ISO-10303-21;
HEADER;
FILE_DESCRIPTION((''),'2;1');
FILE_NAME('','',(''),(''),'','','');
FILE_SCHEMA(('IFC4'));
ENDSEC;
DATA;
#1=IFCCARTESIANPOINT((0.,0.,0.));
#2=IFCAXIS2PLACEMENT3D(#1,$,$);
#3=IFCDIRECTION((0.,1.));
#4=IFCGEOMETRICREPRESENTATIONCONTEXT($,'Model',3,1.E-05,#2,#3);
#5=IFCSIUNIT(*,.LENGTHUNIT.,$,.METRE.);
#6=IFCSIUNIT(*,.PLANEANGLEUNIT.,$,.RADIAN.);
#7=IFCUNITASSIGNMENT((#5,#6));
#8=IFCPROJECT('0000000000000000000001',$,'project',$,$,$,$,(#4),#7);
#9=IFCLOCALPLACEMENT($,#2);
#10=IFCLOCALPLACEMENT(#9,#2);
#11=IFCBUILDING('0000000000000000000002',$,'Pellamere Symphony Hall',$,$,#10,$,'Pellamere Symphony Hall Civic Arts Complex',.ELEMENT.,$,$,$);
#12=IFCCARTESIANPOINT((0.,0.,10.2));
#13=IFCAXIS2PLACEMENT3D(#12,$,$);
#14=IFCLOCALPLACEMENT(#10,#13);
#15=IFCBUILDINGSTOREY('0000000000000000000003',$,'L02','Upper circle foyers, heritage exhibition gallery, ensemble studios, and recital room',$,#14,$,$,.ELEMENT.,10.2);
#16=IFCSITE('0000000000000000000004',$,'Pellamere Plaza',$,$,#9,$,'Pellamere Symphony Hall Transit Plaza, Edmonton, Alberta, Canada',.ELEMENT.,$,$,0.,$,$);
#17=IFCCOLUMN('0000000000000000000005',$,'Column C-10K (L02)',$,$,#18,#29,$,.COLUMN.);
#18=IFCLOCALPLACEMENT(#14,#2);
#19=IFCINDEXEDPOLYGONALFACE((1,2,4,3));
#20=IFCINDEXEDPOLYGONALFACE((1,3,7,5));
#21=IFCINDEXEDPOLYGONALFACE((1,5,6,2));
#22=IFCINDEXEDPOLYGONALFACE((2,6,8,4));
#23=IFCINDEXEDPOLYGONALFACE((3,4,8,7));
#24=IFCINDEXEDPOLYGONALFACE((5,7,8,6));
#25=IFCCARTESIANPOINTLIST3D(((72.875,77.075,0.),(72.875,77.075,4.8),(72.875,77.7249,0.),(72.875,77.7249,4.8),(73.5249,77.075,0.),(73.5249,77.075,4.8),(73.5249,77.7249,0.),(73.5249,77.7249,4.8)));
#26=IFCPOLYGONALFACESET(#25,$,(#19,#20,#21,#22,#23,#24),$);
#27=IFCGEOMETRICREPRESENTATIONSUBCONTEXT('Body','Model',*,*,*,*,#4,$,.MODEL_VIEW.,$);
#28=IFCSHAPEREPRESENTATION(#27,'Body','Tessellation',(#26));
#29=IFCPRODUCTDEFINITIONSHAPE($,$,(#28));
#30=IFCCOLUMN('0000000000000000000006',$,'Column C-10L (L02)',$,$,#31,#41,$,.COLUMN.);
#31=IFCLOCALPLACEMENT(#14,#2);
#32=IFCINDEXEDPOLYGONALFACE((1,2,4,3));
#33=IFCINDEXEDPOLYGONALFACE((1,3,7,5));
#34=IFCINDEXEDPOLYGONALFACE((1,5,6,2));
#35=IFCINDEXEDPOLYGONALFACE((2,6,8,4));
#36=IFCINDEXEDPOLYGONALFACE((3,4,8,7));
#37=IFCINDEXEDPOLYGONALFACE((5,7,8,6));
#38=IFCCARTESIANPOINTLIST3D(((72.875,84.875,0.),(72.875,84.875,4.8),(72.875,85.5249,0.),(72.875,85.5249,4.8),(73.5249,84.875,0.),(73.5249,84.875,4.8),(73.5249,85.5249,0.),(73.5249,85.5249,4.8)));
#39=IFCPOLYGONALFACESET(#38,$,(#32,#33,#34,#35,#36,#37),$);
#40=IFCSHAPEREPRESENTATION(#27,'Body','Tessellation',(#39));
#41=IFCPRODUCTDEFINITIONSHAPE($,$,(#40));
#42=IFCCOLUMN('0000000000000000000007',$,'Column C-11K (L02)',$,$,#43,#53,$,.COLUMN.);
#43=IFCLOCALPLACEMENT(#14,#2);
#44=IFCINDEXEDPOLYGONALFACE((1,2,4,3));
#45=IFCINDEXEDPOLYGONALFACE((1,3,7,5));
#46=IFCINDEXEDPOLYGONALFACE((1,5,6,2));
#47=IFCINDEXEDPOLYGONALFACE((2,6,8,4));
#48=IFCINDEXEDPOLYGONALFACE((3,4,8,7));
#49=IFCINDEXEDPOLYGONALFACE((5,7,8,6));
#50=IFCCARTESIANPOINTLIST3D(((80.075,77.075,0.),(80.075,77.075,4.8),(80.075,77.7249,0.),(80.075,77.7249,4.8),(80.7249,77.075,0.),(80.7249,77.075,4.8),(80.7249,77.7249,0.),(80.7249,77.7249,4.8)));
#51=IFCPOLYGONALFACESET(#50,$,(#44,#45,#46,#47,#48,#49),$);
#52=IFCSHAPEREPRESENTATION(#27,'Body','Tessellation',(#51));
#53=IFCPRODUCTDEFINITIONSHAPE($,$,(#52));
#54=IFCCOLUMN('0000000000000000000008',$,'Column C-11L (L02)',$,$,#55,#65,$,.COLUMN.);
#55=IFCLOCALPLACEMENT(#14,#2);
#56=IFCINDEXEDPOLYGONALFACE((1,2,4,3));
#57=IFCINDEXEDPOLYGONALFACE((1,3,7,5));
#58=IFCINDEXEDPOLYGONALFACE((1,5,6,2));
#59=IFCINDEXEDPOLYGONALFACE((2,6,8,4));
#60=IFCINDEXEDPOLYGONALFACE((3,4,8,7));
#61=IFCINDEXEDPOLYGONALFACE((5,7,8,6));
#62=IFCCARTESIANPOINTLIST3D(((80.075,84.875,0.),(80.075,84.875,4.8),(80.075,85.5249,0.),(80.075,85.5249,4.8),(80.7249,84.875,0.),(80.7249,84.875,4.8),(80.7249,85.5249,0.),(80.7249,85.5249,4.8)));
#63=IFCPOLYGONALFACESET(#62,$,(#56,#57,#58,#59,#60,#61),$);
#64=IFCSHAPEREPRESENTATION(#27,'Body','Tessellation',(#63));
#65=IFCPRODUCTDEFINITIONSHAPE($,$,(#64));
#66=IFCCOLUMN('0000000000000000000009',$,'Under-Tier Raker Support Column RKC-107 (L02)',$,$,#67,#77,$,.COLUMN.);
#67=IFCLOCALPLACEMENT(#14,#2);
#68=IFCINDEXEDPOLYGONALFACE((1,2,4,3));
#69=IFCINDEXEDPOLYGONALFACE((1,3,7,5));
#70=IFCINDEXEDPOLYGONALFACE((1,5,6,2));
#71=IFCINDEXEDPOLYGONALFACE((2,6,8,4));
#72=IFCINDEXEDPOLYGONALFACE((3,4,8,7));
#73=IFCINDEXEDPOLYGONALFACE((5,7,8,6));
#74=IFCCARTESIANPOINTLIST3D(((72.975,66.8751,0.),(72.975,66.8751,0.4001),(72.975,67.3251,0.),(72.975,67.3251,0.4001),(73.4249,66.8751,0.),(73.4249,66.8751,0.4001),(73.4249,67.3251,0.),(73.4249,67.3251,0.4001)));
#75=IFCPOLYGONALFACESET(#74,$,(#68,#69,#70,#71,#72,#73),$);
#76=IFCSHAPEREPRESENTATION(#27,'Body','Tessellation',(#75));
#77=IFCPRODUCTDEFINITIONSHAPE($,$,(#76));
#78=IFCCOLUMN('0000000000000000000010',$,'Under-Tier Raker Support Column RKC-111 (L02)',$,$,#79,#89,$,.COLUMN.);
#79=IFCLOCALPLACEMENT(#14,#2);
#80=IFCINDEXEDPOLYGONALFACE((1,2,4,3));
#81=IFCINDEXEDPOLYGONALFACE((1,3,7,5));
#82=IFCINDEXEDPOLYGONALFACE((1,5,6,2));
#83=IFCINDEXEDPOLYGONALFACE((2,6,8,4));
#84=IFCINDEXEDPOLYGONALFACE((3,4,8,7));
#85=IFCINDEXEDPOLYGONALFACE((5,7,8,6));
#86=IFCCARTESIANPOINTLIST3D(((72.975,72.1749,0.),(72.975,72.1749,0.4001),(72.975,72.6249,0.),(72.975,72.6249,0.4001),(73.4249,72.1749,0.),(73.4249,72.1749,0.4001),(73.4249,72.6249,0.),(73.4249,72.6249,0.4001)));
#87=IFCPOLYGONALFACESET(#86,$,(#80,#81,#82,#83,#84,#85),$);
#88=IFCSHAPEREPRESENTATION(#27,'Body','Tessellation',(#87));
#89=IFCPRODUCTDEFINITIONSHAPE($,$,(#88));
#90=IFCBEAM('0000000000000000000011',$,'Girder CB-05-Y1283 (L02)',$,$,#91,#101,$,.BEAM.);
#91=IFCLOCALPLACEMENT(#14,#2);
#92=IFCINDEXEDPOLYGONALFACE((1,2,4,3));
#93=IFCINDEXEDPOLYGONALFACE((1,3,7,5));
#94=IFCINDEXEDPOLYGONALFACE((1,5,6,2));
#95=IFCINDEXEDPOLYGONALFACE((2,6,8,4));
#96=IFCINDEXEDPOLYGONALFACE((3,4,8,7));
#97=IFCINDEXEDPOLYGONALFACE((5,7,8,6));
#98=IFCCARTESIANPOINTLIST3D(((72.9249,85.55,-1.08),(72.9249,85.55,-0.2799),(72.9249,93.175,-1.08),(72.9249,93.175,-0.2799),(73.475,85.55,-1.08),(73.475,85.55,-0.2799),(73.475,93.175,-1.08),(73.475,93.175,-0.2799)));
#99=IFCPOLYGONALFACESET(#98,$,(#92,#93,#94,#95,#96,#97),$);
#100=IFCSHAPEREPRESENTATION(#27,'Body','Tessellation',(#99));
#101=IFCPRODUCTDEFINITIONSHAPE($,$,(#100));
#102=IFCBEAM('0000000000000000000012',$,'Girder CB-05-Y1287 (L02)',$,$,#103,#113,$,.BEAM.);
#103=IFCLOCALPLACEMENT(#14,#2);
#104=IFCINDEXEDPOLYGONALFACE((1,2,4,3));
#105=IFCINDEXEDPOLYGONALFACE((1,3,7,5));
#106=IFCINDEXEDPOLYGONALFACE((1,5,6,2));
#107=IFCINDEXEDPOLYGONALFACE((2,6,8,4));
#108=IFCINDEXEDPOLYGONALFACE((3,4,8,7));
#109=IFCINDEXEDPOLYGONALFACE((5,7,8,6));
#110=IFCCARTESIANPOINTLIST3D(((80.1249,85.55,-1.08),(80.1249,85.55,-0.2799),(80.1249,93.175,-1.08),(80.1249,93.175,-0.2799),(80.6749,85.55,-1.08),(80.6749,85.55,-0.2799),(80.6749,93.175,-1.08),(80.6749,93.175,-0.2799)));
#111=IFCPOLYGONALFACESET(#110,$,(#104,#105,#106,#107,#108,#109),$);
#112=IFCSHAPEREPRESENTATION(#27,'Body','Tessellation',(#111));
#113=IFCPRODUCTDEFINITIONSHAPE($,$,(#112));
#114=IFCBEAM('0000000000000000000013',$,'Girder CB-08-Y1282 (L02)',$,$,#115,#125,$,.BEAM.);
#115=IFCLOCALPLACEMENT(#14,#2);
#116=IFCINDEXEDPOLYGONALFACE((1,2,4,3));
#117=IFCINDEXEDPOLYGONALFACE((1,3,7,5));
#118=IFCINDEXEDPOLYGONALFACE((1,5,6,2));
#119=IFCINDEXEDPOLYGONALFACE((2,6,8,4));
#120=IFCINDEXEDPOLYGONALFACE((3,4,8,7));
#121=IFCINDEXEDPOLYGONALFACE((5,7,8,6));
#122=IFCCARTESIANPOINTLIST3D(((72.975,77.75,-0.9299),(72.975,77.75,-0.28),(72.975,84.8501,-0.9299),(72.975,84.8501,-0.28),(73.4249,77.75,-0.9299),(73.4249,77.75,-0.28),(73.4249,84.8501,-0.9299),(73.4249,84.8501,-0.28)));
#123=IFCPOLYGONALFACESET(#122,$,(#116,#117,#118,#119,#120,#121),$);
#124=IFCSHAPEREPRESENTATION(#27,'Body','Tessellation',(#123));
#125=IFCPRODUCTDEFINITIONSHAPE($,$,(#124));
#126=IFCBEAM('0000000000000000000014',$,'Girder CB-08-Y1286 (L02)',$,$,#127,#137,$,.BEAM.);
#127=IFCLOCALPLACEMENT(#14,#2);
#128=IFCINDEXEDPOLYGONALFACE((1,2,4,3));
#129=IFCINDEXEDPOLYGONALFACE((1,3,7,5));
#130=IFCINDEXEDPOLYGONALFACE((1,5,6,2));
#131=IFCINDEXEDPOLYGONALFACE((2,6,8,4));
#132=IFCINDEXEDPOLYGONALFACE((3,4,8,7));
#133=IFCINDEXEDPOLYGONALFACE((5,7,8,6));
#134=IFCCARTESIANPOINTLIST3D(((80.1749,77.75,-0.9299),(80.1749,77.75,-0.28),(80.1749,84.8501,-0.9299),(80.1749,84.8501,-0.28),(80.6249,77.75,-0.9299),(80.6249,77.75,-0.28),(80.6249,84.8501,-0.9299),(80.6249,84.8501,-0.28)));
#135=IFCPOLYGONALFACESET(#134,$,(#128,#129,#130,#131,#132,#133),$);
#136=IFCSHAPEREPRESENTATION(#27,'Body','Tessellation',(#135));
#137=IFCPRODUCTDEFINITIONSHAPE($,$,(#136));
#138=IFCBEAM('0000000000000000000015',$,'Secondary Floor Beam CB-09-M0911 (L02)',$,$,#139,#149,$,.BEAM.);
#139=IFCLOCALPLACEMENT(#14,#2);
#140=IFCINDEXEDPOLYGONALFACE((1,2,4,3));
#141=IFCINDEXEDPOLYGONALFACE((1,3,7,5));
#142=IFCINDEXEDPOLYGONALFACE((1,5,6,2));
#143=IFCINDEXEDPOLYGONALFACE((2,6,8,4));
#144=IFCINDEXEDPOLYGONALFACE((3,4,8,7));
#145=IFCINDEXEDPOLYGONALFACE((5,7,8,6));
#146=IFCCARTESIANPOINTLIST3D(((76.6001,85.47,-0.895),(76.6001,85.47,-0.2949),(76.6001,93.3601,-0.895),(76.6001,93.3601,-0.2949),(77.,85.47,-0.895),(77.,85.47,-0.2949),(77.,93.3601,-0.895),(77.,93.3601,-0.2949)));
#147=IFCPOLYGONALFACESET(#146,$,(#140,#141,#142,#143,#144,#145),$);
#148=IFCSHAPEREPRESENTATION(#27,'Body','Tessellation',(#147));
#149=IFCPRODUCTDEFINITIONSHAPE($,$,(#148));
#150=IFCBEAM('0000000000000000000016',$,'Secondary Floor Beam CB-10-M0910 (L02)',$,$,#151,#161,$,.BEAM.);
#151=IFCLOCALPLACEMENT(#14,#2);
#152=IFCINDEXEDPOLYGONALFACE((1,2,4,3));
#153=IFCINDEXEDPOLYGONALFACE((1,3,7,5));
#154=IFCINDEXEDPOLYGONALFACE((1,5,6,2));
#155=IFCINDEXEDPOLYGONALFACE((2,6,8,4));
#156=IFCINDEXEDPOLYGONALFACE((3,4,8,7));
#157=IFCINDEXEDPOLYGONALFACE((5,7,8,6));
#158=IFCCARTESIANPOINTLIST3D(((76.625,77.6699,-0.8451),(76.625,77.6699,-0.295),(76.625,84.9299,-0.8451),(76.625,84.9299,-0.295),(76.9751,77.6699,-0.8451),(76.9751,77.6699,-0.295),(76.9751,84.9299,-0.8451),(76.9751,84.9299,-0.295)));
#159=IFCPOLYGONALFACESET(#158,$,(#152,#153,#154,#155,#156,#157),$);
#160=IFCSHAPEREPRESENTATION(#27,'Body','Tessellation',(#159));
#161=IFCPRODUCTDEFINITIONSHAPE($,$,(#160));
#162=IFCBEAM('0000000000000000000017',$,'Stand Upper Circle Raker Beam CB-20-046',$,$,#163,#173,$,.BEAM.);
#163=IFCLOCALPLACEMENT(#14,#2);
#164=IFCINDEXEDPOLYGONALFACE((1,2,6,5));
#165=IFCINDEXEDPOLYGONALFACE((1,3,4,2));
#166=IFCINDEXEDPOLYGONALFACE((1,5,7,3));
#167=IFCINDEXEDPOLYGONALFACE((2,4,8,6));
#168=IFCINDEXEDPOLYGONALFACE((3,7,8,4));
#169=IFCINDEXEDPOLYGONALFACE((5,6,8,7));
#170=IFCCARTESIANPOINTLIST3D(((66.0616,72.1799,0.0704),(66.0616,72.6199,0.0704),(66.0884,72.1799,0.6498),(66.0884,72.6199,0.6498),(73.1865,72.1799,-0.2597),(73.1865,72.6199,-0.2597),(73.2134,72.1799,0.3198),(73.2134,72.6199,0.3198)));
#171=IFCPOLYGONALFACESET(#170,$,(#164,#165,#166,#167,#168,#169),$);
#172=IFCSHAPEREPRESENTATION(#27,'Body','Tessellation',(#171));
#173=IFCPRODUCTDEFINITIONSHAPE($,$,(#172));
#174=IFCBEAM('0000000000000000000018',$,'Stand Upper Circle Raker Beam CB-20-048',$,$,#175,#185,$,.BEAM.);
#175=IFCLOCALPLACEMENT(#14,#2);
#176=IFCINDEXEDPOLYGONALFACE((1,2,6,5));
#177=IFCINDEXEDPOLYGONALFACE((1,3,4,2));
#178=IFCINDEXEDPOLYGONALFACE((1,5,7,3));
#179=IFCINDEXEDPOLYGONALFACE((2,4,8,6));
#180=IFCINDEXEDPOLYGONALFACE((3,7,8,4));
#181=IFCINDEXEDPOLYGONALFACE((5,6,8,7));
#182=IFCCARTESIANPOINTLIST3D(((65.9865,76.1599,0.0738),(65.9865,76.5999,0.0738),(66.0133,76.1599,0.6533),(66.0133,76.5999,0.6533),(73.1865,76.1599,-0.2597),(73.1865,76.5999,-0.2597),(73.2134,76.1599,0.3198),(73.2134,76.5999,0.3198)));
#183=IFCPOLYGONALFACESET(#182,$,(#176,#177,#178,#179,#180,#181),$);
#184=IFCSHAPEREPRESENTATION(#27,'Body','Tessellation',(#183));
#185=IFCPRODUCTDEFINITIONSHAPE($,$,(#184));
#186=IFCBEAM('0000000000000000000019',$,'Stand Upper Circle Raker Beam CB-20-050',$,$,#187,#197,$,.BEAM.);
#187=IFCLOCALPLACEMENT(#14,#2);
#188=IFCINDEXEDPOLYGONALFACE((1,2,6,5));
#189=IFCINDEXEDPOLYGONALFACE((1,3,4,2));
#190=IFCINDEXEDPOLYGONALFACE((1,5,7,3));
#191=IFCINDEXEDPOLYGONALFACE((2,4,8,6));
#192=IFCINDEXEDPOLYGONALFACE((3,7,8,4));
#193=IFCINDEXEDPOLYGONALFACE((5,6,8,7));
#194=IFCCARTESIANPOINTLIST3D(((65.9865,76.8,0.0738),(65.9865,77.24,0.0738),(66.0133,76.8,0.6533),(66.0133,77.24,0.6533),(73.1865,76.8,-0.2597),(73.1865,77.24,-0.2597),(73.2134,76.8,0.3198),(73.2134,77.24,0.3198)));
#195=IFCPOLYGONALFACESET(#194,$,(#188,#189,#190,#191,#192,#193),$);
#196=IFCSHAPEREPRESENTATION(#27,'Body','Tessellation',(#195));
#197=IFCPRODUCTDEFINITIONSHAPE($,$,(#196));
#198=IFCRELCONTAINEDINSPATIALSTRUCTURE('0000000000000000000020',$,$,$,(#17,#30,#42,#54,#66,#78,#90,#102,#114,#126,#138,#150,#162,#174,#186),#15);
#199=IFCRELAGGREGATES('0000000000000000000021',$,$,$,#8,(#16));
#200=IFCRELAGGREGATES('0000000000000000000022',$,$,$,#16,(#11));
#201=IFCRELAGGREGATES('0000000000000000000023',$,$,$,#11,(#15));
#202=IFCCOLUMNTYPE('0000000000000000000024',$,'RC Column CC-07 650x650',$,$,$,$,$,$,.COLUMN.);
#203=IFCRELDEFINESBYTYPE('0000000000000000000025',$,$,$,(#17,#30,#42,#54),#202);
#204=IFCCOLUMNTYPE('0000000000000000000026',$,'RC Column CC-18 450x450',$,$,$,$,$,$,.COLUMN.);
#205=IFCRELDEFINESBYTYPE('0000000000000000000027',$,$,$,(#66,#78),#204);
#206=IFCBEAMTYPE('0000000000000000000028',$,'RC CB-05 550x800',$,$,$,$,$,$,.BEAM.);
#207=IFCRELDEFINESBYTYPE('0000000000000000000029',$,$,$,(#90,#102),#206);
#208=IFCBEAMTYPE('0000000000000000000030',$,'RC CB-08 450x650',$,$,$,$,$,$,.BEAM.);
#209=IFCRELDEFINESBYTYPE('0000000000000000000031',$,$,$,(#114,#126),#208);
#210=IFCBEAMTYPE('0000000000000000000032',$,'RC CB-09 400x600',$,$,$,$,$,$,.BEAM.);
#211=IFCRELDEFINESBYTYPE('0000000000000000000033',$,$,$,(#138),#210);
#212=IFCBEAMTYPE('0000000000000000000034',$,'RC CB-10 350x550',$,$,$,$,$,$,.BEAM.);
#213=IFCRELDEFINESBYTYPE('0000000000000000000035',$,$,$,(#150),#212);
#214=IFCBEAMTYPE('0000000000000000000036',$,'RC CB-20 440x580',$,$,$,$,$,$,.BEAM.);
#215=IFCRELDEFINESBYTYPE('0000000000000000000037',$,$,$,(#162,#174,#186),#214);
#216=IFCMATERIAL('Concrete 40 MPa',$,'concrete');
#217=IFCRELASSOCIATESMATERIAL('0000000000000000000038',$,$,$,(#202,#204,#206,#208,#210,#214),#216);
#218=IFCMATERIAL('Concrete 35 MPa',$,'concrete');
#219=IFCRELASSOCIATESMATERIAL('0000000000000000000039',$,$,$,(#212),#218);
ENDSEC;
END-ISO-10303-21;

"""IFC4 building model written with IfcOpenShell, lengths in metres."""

from ifc_helpers import new_model, si_unit, direction, frame, origin, origin_2d, place, context, subcontext, project, spatial, rectangle, extrude, material, material_profile, profile_set, type_object, element, save


model = new_model("IFC4")

# Units and contexts
model_context = context("Model", 3, precision=1e-05, world=origin(), true_north=direction((0.0, 1.0)))
body_context = subcontext(model_context, "Body", "Model", "MODEL_VIEW")
ifc_project = project(units=[si_unit("LENGTHUNIT", "METRE"), si_unit("PLANEANGLEUNIT", "RADIAN")], contexts=[model_context])

# Site, building, storey
site_placement = place(None, origin())
site = spatial("IfcSite", under=ifc_project, at=site_placement, Name="Pellamere Plaza", LongName="Pellamere Symphony Hall Transit Plaza, Edmonton, Alberta, Canada", CompositionType="ELEMENT", RefElevation=0.0)
building_placement = place(site_placement, origin())
building = spatial("IfcBuilding", under=site, at=building_placement, Name="Pellamere Symphony Hall", LongName="Pellamere Symphony Hall Civic Arts Complex", CompositionType="ELEMENT")
storey_placement = place(building_placement, frame((0.0, 0.0, 10.2)))
storey = spatial("IfcBuildingStorey", under=building, at=storey_placement, Name="L02", Description="Upper circle foyers, heritage exhibition gallery, ensemble studios, and recital room", CompositionType="ELEMENT", Elevation=10.2)

# Columns
ifc_material_1 = material(Name="Concrete 40 MPa", Category="concrete")
ifc_material_profile_1 = material_profile(ifc_material_1, rectangle(XDim=0.6499, YDim=0.6499, at=origin_2d()), Name="RC 650x650")
ifc_profile_set_1 = profile_set([ifc_material_profile_1], Name="Concrete 40 MPa")
column_type_1 = type_object("IfcColumnType", Name="RC Column CC-07 650x650", PredefinedType="COLUMN", material=ifc_profile_set_1)
for number, where, z_axis, x_axis, name in (
    (1, (73.2, 77.3999, 0.0), (0.0, 0.0, 1.0), (1.0, 0.0, 0.0), "Column C-10K (L02)"),
    (2, (73.2, 85.2, 0.0), (0.0, 0.0, 1.0), (1.0, 0.0, 0.0), "Column C-10L (L02)"),
    (3, (80.3999, 77.3999, 0.0), (0.0, 0.0, 1.0), (1.0, 0.0, 0.0), "Column C-11K (L02)"),
    (4, (80.3999, 85.2, 0.0), (0.0, 0.0, 1.0), (1.0, 0.0, 0.0), "Column C-11L (L02)"),
):
    element("IfcColumn", number, at=place(storey_placement, frame(where, z_axis=z_axis, x_axis=x_axis)), inside=storey, type_object=column_type_1, Name=name, PredefinedType="COLUMN", context=body_context, shape_type="SweptSolid", body=[
        extrude(rectangle(XDim=0.6499, YDim=0.6499, at=origin_2d()), origin(), (0.0, 0.0, 1.0), 4.8),
    ])
ifc_material_profile_2 = material_profile(ifc_material_1, rectangle(XDim=0.45, YDim=0.45, at=origin_2d()), Name="RC 450x450")
ifc_profile_set_2 = profile_set([ifc_material_profile_2], Name="Concrete 40 MPa")
column_type_2 = type_object("IfcColumnType", Name="RC Column CC-18 450x450", PredefinedType="COLUMN", material=ifc_profile_set_2)
for number, where, z_axis, x_axis, name in (
    (5, (73.2, 67.1001, 0.0), (0.0, 0.0, 1.0), (1.0, 0.0, 0.0), "Under-Tier Raker Support Column RKC-107 (L02)"),
    (6, (73.2, 72.3999, 0.0), (0.0, 0.0, 1.0), (1.0, 0.0, 0.0), "Under-Tier Raker Support Column RKC-111 (L02)"),
):
    element("IfcColumn", number, at=place(storey_placement, frame(where, z_axis=z_axis, x_axis=x_axis)), inside=storey, type_object=column_type_2, Name=name, PredefinedType="COLUMN", context=body_context, shape_type="SweptSolid", body=[
        extrude(rectangle(XDim=0.45, YDim=0.45, at=origin_2d()), origin(), (0.0, 0.0, 1.0), 0.4001),
    ])

# Beams
ifc_material_profile_3 = material_profile(ifc_material_1, rectangle(XDim=0.55, YDim=0.8, at=origin_2d()), Name="RC 550x800")
ifc_profile_set_3 = profile_set([ifc_material_profile_3], Name="Concrete 40 MPa")
beam_type_1 = type_object("IfcBeamType", Name="RC CB-05 550x800", PredefinedType="BEAM", material=ifc_profile_set_3)
for number, where, z_axis, x_axis, name in (
    (7, (73.2, 85.55, -0.6799), (0.0, 1.0, 0.0), (-1.0, 0.0, 0.0), "Girder CB-05-Y1283 (L02)"),
    (8, (80.3999, 85.55, -0.6799), (0.0, 1.0, 0.0), (-1.0, 0.0, 0.0), "Girder CB-05-Y1287 (L02)"),
):
    element("IfcBeam", number, at=place(storey_placement, frame(where, z_axis=z_axis, x_axis=x_axis)), inside=storey, type_object=beam_type_1, Name=name, PredefinedType="BEAM", context=body_context, shape_type="SweptSolid", body=[
        extrude(rectangle(XDim=0.55, YDim=0.8, at=origin_2d()), origin(), (0.0, 0.0, 1.0), 7.625),
    ])
ifc_material_profile_4 = material_profile(ifc_material_1, rectangle(XDim=0.45, YDim=0.6499, at=origin_2d()), Name="RC 450x650")
ifc_profile_set_4 = profile_set([ifc_material_profile_4], Name="Concrete 40 MPa")
beam_type_2 = type_object("IfcBeamType", Name="RC CB-08 450x650", PredefinedType="BEAM", material=ifc_profile_set_4)
for number, where, z_axis, x_axis, name in (
    (9, (73.2, 77.75, -0.605), (0.0, 1.0, 0.0), (-1.0, 0.0, 0.0), "Girder CB-08-Y1282 (L02)"),
    (10, (80.3999, 77.75, -0.605), (0.0, 1.0, 0.0), (-1.0, 0.0, 0.0), "Girder CB-08-Y1286 (L02)"),
):
    element("IfcBeam", number, at=place(storey_placement, frame(where, z_axis=z_axis, x_axis=x_axis)), inside=storey, type_object=beam_type_2, Name=name, PredefinedType="BEAM", context=body_context, shape_type="SweptSolid", body=[
        extrude(rectangle(XDim=0.45, YDim=0.6499, at=origin_2d()), origin(), (0.0, 0.0, 1.0), 7.1001),
    ])
ifc_material_profile_5 = material_profile(ifc_material_1, rectangle(XDim=0.3999, YDim=0.6001, at=origin_2d()), Name="RC 400x600")
ifc_profile_set_5 = profile_set([ifc_material_profile_5], Name="Concrete 40 MPa")
beam_type_3 = type_object("IfcBeamType", Name="RC CB-09 400x600", PredefinedType="BEAM", material=ifc_profile_set_5)
beam_1_placement = place(storey_placement, frame((76.8, 85.47, -0.595), z_axis=(0.0, 1.0, 0.0), x_axis=(-1.0, 0.0, 0.0)))
element("IfcBeam", 11, at=beam_1_placement, inside=storey, type_object=beam_type_3, Name="Secondary Floor Beam CB-09-M0911 (L02)", PredefinedType="BEAM", context=body_context, shape_type="SweptSolid", body=[
    extrude(rectangle(XDim=0.3999, YDim=0.6001, at=origin_2d()), origin(), (0.0, 0.0, 1.0), 7.8901),
])
ifc_material_2 = material(Name="Concrete 35 MPa", Category="concrete")
ifc_material_profile_6 = material_profile(ifc_material_2, rectangle(XDim=0.3501, YDim=0.55, at=origin_2d()), Name="RC 350x550")
ifc_profile_set_6 = profile_set([ifc_material_profile_6], Name="Concrete 35 MPa")
beam_type_4 = type_object("IfcBeamType", Name="RC CB-10 350x550", PredefinedType="BEAM", material=ifc_profile_set_6)
beam_2_placement = place(storey_placement, frame((76.8, 77.6699, -0.5701), z_axis=(0.0, 1.0, 0.0), x_axis=(-1.0, 0.0, 0.0)))
element("IfcBeam", 12, at=beam_2_placement, inside=storey, type_object=beam_type_4, Name="Secondary Floor Beam CB-10-M0910 (L02)", PredefinedType="BEAM", context=body_context, shape_type="SweptSolid", body=[
    extrude(rectangle(XDim=0.3501, YDim=0.55, at=origin_2d()), origin(), (0.0, 0.0, 1.0), 7.26),
])
ifc_material_profile_7 = material_profile(ifc_material_1, rectangle(XDim=0.4399, YDim=0.5801, at=origin_2d()), Name="RC 440x580")
ifc_profile_set_7 = profile_set([ifc_material_profile_7], Name="Concrete 40 MPa")
beam_type_5 = type_object("IfcBeamType", Name="RC CB-20 440x580", PredefinedType="BEAM", material=ifc_profile_set_7)
beam_3_placement = place(storey_placement, frame((73.2, 72.3999, 0.03), z_axis=(-0.998929, 0.0, 0.046277), x_axis=(0.0, -1.0, 0.0)))
element("IfcBeam", 13, at=beam_3_placement, inside=storey, type_object=beam_type_5, Name="Stand Upper Circle Raker Beam CB-20-046", PredefinedType="BEAM", context=body_context, shape_type="SweptSolid", body=[
    extrude(rectangle(XDim=0.4399, YDim=0.5801, at=origin_2d()), origin(), (0.0, 0.0, 1.0), 7.1326),
])
for number, where, z_axis, x_axis, name in (
    (14, (73.2, 76.3799, 0.03), (-0.998929, 0.0, 0.04627), (0.0, -1.0, 0.0), "Stand Upper Circle Raker Beam CB-20-048"),
    (15, (73.2, 77.02, 0.03), (-0.998929, 0.0, 0.04627), (0.0, -1.0, 0.0), "Stand Upper Circle Raker Beam CB-20-050"),
):
    element("IfcBeam", number, at=place(storey_placement, frame(where, z_axis=z_axis, x_axis=x_axis)), inside=storey, type_object=beam_type_5, Name=name, PredefinedType="BEAM", context=body_context, shape_type="SweptSolid", body=[
        extrude(rectangle(XDim=0.4399, YDim=0.5801, at=origin_2d()), origin(), (0.0, 0.0, 1.0), 7.2078),
    ])

save(model, "model.ifc")
